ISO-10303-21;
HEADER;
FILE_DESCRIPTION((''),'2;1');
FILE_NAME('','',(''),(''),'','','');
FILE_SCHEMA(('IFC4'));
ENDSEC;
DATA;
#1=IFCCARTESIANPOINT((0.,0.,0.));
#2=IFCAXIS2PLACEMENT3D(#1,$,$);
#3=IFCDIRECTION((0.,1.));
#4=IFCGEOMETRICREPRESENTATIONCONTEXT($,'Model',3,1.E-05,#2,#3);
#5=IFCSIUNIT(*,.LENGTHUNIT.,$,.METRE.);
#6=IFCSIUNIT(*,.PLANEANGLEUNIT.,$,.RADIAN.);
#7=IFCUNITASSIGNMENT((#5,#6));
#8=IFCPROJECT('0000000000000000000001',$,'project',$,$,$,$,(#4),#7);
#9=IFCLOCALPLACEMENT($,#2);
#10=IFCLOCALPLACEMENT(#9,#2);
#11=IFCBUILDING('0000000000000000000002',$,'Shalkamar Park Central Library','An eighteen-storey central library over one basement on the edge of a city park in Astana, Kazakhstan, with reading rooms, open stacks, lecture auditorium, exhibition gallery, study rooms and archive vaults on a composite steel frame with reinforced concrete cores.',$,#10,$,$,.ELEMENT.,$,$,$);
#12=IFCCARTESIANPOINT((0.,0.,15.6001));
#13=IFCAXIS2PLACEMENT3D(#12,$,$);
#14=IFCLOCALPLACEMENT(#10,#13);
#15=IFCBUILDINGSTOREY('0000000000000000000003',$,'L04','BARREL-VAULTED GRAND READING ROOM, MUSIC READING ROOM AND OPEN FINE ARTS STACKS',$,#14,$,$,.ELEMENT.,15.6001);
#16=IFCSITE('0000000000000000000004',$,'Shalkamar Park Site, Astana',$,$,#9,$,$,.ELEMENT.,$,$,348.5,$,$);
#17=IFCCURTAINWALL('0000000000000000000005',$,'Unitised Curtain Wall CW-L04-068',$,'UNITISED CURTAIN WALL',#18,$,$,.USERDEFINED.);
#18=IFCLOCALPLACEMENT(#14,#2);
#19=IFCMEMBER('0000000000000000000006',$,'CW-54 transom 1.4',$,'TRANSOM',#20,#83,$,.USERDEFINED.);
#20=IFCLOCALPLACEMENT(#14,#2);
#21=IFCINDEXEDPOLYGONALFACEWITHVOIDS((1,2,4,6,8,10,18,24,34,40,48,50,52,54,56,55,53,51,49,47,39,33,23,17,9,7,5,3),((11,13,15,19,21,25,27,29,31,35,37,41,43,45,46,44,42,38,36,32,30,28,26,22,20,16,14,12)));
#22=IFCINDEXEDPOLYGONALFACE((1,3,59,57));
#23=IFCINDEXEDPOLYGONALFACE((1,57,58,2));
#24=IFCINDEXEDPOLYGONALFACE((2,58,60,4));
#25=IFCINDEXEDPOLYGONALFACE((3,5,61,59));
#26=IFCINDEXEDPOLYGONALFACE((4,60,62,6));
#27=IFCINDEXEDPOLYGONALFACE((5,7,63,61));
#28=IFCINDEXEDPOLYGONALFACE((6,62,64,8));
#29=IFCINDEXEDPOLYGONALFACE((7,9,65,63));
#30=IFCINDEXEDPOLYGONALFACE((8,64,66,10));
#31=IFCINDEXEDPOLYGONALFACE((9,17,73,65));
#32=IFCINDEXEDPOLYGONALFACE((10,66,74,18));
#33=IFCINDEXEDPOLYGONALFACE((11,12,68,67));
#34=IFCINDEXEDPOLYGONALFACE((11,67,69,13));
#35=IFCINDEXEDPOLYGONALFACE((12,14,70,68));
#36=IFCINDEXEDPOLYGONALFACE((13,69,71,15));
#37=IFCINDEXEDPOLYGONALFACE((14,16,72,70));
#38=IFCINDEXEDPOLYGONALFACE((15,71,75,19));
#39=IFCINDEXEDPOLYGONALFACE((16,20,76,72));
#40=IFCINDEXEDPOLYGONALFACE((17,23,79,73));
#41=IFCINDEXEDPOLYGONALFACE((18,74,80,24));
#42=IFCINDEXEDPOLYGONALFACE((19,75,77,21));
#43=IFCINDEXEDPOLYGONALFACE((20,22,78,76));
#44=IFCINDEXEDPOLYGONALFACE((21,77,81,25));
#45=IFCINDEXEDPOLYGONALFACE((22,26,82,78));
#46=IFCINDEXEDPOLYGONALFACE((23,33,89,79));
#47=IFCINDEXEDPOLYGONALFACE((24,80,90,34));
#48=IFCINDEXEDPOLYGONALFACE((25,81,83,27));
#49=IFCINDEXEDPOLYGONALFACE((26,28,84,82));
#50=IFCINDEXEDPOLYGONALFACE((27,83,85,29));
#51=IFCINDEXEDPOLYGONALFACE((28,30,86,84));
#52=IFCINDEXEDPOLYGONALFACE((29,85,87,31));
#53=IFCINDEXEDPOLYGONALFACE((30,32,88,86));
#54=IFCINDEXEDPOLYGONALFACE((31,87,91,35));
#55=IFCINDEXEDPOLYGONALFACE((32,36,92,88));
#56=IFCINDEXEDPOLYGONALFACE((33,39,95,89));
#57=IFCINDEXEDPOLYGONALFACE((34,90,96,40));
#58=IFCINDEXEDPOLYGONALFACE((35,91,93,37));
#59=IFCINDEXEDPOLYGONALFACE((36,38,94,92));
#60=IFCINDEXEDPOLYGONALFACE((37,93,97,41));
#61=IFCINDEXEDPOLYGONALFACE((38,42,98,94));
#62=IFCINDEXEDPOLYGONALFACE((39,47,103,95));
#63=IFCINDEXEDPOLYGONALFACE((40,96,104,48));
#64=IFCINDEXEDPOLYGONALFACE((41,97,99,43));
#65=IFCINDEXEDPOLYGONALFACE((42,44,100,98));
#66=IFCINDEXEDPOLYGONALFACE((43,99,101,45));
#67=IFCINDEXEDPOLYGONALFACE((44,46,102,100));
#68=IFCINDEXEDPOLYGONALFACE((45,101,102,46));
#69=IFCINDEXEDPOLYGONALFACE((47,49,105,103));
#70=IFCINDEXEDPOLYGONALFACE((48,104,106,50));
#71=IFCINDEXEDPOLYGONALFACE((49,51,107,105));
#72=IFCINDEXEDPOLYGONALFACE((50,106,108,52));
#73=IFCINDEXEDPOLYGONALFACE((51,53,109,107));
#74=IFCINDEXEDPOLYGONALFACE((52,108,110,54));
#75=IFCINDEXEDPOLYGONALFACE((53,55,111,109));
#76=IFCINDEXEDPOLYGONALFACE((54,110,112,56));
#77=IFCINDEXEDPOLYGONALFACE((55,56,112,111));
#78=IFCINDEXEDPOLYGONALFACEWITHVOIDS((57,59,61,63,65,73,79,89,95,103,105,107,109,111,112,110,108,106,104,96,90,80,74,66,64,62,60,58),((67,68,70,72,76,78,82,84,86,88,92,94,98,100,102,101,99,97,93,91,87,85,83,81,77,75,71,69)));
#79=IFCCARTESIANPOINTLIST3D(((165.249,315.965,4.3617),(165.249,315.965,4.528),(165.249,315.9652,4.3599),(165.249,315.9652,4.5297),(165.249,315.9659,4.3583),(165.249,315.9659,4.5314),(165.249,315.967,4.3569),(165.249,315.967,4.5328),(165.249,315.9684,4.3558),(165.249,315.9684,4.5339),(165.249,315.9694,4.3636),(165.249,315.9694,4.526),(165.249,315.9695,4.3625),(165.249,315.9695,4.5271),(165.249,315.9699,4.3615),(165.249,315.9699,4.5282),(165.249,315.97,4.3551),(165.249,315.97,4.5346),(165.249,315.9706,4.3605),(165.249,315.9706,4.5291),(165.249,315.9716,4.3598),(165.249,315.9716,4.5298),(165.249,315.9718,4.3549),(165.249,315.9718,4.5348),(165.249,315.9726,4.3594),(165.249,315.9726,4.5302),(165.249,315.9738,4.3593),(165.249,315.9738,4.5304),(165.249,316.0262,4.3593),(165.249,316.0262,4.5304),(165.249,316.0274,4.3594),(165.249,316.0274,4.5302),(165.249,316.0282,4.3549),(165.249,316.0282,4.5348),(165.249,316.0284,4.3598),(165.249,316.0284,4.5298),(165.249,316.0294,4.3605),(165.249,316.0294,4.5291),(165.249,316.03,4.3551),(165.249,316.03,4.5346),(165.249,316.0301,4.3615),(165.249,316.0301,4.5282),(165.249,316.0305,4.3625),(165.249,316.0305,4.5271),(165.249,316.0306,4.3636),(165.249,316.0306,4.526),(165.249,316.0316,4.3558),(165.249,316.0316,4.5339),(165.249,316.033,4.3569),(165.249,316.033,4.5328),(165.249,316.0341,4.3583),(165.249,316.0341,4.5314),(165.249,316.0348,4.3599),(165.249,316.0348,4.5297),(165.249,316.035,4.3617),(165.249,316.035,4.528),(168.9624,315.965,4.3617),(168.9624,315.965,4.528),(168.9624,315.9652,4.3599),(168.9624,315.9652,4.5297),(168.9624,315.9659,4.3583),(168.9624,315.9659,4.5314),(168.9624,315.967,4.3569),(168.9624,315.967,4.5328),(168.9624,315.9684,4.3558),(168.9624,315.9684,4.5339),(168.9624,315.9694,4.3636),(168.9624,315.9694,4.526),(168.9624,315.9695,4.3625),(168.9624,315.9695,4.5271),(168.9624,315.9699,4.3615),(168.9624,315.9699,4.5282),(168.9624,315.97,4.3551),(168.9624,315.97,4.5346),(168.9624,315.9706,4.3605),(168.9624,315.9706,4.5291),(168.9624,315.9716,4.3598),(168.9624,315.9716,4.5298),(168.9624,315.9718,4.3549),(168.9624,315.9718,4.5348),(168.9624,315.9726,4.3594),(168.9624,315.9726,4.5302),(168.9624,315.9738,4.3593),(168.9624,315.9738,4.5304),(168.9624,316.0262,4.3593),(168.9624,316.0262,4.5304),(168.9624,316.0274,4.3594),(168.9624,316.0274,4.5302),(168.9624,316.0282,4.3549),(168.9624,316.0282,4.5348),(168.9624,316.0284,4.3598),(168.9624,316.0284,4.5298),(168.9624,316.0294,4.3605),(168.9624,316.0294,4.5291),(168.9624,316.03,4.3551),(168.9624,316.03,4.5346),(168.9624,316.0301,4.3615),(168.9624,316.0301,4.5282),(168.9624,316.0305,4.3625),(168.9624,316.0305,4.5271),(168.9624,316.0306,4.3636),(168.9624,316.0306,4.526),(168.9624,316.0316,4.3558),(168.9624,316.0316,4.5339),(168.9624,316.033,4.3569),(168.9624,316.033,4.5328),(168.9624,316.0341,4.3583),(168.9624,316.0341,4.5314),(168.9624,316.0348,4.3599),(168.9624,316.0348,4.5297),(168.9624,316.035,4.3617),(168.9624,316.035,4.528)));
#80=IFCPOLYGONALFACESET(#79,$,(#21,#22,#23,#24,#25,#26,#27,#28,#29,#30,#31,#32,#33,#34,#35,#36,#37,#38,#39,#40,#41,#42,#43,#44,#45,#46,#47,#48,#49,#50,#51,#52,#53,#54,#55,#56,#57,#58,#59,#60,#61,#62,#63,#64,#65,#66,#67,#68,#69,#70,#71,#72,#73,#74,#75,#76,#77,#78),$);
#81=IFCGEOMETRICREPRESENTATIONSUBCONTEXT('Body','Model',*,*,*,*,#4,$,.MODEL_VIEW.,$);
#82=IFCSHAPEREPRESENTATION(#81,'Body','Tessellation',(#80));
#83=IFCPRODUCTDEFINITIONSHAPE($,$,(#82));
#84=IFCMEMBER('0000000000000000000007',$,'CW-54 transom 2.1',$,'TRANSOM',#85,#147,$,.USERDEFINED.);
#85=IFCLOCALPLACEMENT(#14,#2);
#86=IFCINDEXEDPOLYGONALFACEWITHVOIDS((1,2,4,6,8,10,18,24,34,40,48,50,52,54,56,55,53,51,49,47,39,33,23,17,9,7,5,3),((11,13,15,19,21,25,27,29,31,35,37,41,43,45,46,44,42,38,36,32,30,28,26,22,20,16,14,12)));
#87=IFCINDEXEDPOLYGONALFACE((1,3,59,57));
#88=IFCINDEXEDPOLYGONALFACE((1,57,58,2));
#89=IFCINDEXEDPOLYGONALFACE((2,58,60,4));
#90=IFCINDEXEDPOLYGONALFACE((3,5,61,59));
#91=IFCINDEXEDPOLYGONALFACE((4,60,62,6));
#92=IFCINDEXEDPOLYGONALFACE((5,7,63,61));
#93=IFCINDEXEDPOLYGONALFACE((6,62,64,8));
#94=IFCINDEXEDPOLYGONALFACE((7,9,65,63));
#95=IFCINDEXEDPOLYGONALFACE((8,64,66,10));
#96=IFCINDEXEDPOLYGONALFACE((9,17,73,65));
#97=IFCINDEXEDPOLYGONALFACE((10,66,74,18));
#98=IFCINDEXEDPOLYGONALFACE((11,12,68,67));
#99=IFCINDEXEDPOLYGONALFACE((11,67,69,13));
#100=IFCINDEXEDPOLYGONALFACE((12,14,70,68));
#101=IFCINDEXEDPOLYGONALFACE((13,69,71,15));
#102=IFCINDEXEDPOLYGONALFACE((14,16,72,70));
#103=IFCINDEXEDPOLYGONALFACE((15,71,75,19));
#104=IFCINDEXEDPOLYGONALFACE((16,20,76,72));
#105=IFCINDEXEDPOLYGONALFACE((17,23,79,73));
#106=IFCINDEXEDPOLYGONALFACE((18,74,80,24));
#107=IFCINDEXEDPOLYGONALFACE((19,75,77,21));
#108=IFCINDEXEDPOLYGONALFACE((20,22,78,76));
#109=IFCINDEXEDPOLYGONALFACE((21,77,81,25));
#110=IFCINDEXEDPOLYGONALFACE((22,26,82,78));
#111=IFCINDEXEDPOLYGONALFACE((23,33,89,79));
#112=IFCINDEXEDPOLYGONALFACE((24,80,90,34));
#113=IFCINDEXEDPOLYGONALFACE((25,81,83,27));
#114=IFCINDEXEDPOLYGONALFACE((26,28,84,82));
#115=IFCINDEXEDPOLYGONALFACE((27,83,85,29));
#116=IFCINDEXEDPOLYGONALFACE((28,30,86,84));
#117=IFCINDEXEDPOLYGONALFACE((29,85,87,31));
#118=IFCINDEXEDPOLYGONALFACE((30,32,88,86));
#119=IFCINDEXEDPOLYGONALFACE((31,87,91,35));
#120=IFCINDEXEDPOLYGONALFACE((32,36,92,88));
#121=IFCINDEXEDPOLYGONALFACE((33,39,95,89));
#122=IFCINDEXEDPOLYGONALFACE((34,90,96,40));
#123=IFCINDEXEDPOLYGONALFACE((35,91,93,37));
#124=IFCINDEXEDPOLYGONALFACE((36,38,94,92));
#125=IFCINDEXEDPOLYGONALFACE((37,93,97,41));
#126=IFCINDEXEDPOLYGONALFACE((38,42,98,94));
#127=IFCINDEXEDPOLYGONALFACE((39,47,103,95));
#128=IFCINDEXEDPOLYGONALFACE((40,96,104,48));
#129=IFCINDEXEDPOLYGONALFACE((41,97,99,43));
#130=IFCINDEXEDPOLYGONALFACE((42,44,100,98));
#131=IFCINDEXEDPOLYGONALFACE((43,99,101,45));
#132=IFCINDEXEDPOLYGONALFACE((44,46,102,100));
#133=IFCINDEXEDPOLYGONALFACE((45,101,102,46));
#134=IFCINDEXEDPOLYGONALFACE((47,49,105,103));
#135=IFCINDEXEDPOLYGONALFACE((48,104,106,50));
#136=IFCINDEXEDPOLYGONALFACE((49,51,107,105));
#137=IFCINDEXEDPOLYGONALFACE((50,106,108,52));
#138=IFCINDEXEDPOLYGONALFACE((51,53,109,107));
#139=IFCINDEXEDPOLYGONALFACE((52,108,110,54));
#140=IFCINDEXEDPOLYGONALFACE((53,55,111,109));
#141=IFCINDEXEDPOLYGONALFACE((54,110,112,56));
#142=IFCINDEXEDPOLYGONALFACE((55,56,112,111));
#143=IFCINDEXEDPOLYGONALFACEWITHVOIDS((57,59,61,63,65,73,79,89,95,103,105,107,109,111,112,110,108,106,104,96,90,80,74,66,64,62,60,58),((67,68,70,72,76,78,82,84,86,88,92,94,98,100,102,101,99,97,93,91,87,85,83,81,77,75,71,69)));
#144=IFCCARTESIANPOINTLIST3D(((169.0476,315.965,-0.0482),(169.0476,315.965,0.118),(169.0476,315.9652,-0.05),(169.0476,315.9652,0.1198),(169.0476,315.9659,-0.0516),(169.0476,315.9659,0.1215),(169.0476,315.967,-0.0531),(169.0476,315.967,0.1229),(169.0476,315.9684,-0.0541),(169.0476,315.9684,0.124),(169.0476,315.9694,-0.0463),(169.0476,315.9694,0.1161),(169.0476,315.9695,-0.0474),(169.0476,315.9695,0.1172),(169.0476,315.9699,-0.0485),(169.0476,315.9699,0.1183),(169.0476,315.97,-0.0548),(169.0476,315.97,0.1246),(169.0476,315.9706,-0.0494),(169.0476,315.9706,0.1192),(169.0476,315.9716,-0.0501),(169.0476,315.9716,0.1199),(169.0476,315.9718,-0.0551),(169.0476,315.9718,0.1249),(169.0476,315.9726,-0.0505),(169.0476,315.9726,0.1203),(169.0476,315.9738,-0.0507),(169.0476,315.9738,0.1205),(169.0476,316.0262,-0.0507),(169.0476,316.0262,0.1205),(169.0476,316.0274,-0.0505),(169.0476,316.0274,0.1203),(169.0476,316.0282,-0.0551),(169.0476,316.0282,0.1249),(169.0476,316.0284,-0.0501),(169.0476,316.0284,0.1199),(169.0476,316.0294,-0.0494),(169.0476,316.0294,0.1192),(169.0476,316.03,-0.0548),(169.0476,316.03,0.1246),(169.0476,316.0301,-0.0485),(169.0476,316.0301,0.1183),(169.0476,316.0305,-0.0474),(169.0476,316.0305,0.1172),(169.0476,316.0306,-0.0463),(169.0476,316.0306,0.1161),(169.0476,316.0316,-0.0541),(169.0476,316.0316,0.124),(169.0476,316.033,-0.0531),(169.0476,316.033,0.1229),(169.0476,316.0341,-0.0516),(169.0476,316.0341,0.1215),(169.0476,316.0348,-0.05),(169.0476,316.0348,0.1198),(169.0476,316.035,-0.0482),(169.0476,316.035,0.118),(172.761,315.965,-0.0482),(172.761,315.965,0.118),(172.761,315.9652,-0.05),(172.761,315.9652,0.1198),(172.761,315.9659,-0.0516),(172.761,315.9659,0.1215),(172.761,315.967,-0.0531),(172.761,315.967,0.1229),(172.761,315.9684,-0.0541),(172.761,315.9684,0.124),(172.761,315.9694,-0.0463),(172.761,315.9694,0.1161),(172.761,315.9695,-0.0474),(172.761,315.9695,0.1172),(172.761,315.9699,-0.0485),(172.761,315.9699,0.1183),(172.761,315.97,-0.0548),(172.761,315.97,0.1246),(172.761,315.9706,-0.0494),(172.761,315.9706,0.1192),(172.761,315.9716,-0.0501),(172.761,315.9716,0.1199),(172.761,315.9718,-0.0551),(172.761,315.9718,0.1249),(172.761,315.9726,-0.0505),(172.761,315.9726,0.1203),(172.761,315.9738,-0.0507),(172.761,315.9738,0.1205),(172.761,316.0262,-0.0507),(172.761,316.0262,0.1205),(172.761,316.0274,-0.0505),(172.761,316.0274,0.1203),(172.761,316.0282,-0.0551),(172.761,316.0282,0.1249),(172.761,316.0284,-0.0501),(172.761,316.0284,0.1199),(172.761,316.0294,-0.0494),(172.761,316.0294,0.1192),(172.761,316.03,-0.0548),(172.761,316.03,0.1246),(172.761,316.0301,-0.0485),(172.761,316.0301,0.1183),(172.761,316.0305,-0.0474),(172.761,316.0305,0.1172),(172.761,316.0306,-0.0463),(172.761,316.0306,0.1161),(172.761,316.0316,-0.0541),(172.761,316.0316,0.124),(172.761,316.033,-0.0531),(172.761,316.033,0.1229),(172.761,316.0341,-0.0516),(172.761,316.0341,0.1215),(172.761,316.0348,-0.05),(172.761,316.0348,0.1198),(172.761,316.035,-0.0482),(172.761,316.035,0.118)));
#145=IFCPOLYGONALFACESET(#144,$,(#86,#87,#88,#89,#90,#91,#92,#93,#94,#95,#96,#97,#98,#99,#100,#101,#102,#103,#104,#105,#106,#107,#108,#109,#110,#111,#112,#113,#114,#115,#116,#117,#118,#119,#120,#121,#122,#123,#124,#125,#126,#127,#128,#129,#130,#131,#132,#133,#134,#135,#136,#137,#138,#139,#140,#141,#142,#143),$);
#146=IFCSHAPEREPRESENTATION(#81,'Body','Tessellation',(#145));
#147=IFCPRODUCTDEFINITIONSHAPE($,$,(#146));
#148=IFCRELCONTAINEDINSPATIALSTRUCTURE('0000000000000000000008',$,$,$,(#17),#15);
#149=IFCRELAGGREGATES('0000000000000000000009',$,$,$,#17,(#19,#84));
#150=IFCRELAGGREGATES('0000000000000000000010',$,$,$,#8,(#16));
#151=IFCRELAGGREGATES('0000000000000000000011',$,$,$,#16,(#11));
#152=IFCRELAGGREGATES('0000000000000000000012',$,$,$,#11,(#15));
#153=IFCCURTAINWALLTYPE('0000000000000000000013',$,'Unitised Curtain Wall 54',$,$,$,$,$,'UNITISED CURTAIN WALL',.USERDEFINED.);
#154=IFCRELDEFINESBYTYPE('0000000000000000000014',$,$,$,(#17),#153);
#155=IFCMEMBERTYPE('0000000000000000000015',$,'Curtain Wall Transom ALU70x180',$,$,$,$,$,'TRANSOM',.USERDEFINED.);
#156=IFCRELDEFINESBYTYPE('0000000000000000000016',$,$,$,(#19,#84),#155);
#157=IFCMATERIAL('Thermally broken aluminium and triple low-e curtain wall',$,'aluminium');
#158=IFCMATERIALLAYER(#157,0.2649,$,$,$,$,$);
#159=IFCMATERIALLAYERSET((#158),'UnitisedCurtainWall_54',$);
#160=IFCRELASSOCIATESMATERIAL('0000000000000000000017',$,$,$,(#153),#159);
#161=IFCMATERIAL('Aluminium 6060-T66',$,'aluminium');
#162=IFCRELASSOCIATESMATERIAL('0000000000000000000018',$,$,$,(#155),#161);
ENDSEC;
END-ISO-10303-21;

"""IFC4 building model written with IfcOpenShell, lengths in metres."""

from ifc_helpers import new_model, si_unit, direction, frame, origin, origin_2d, place, context, subcontext, project, spatial, hollow_rectangle, extrude, material, layer, layer_set, material_profile, profile_set, type_object, element, aggregate, save


model = new_model("IFC4")

# Units and contexts
model_context = context("Model", 3, precision=1e-05, world=origin(), true_north=direction((0.0, 1.0)))
body_context = subcontext(model_context, "Body", "Model", "MODEL_VIEW")
ifc_project = project(units=[si_unit("LENGTHUNIT", "METRE"), si_unit("PLANEANGLEUNIT", "RADIAN")], contexts=[model_context])

# Site, building, storey
site_placement = place(None, origin())
site = spatial("IfcSite", under=ifc_project, at=site_placement, Name="Shalkamar Park Site, Astana", CompositionType="ELEMENT", RefElevation=348.5)
building_placement = place(site_placement, origin())
building = spatial("IfcBuilding", under=site, at=building_placement, Name="Shalkamar Park Central Library", Description="An eighteen-storey central library over one basement on the edge of a city park in Astana, Kazakhstan, with reading rooms, open stacks, lecture auditorium, exhibition gallery, study rooms and archive vaults on a composite steel frame with reinforced concrete cores.", CompositionType="ELEMENT")
storey_placement = place(building_placement, frame((0.0, 0.0, 15.6001)))
storey = spatial("IfcBuildingStorey", under=building, at=storey_placement, Name="L04", Description="BARREL-VAULTED GRAND READING ROOM, MUSIC READING ROOM AND OPEN FINE ARTS STACKS", CompositionType="ELEMENT", Elevation=15.6001)

# Curtain wall
ifc_material_1 = material(Name="Thermally broken aluminium and triple low-e curtain wall", Category="aluminium")
ifc_layer_1 = layer(ifc_material_1, 0.2649)
ifc_layer_set_1 = layer_set([ifc_layer_1], Name="UnitisedCurtainWall_54")
curtain_wall_type_1 = type_object("IfcCurtainWallType", Name="Unitised Curtain Wall 54", ElementType="UNITISED CURTAIN WALL", PredefinedType="USERDEFINED", material=ifc_layer_set_1)
curtain_wall_1_placement = place(storey_placement, origin())
curtain_wall_1 = element("IfcCurtainWall", 1, at=curtain_wall_1_placement, inside=storey, type_object=curtain_wall_type_1, Name="Unitised Curtain Wall CW-L04-068", ObjectType="UNITISED CURTAIN WALL", PredefinedType="USERDEFINED")
ifc_material_2 = material(Name="Aluminium 6060-T66", Category="aluminium")

# Members
ifc_material_profile_1 = material_profile(ifc_material_2, hollow_rectangle(XDim=0.0701, YDim=0.1799, WallThickness=0.0044, InnerFilletRadius=0.0044, OuterFilletRadius=0.0068, at=origin_2d()), Name="ALU 70x180x4.5")
ifc_profile_set_1 = profile_set([ifc_material_profile_1], Name="Aluminium 6060-T66")
member_type_1 = type_object("IfcMemberType", Name="Curtain Wall Transom ALU70x180", ElementType="TRANSOM", PredefinedType="USERDEFINED", material=ifc_profile_set_1)
member_1_placement = place(storey_placement, frame((165.249, 316.0, 4.4448), z_axis=(1.0, 0.0, 0.0), x_axis=(0.0, 1.0, 0.0)))
member_1 = element("IfcMember", 2, at=member_1_placement, type_object=member_type_1, Name="CW-54 transom 1.4", ObjectType="TRANSOM", PredefinedType="USERDEFINED", context=body_context, shape_type="SweptSolid", body=[
    extrude(hollow_rectangle(XDim=0.0701, YDim=0.1799, WallThickness=0.0044, InnerFilletRadius=0.0044, OuterFilletRadius=0.0068, at=origin_2d()), origin(), (0.0, 0.0, 1.0), 3.7134),
])
member_2_placement = place(storey_placement, frame((169.0476, 316.0, 0.0349), z_axis=(1.0, 0.0, 0.0), x_axis=(0.0, 1.0, 0.0)))
member_2 = element("IfcMember", 3, at=member_2_placement, type_object=member_type_1, Name="CW-54 transom 2.1", ObjectType="TRANSOM", PredefinedType="USERDEFINED", context=body_context, shape_type="SweptSolid", body=[
    extrude(hollow_rectangle(XDim=0.0701, YDim=0.1799, WallThickness=0.0044, InnerFilletRadius=0.0044, OuterFilletRadius=0.0068, at=origin_2d()), origin(), (0.0, 0.0, 1.0), 3.7134),
])

aggregate(curtain_wall_1, [member_1, member_2])

save(model, "model.ifc")
